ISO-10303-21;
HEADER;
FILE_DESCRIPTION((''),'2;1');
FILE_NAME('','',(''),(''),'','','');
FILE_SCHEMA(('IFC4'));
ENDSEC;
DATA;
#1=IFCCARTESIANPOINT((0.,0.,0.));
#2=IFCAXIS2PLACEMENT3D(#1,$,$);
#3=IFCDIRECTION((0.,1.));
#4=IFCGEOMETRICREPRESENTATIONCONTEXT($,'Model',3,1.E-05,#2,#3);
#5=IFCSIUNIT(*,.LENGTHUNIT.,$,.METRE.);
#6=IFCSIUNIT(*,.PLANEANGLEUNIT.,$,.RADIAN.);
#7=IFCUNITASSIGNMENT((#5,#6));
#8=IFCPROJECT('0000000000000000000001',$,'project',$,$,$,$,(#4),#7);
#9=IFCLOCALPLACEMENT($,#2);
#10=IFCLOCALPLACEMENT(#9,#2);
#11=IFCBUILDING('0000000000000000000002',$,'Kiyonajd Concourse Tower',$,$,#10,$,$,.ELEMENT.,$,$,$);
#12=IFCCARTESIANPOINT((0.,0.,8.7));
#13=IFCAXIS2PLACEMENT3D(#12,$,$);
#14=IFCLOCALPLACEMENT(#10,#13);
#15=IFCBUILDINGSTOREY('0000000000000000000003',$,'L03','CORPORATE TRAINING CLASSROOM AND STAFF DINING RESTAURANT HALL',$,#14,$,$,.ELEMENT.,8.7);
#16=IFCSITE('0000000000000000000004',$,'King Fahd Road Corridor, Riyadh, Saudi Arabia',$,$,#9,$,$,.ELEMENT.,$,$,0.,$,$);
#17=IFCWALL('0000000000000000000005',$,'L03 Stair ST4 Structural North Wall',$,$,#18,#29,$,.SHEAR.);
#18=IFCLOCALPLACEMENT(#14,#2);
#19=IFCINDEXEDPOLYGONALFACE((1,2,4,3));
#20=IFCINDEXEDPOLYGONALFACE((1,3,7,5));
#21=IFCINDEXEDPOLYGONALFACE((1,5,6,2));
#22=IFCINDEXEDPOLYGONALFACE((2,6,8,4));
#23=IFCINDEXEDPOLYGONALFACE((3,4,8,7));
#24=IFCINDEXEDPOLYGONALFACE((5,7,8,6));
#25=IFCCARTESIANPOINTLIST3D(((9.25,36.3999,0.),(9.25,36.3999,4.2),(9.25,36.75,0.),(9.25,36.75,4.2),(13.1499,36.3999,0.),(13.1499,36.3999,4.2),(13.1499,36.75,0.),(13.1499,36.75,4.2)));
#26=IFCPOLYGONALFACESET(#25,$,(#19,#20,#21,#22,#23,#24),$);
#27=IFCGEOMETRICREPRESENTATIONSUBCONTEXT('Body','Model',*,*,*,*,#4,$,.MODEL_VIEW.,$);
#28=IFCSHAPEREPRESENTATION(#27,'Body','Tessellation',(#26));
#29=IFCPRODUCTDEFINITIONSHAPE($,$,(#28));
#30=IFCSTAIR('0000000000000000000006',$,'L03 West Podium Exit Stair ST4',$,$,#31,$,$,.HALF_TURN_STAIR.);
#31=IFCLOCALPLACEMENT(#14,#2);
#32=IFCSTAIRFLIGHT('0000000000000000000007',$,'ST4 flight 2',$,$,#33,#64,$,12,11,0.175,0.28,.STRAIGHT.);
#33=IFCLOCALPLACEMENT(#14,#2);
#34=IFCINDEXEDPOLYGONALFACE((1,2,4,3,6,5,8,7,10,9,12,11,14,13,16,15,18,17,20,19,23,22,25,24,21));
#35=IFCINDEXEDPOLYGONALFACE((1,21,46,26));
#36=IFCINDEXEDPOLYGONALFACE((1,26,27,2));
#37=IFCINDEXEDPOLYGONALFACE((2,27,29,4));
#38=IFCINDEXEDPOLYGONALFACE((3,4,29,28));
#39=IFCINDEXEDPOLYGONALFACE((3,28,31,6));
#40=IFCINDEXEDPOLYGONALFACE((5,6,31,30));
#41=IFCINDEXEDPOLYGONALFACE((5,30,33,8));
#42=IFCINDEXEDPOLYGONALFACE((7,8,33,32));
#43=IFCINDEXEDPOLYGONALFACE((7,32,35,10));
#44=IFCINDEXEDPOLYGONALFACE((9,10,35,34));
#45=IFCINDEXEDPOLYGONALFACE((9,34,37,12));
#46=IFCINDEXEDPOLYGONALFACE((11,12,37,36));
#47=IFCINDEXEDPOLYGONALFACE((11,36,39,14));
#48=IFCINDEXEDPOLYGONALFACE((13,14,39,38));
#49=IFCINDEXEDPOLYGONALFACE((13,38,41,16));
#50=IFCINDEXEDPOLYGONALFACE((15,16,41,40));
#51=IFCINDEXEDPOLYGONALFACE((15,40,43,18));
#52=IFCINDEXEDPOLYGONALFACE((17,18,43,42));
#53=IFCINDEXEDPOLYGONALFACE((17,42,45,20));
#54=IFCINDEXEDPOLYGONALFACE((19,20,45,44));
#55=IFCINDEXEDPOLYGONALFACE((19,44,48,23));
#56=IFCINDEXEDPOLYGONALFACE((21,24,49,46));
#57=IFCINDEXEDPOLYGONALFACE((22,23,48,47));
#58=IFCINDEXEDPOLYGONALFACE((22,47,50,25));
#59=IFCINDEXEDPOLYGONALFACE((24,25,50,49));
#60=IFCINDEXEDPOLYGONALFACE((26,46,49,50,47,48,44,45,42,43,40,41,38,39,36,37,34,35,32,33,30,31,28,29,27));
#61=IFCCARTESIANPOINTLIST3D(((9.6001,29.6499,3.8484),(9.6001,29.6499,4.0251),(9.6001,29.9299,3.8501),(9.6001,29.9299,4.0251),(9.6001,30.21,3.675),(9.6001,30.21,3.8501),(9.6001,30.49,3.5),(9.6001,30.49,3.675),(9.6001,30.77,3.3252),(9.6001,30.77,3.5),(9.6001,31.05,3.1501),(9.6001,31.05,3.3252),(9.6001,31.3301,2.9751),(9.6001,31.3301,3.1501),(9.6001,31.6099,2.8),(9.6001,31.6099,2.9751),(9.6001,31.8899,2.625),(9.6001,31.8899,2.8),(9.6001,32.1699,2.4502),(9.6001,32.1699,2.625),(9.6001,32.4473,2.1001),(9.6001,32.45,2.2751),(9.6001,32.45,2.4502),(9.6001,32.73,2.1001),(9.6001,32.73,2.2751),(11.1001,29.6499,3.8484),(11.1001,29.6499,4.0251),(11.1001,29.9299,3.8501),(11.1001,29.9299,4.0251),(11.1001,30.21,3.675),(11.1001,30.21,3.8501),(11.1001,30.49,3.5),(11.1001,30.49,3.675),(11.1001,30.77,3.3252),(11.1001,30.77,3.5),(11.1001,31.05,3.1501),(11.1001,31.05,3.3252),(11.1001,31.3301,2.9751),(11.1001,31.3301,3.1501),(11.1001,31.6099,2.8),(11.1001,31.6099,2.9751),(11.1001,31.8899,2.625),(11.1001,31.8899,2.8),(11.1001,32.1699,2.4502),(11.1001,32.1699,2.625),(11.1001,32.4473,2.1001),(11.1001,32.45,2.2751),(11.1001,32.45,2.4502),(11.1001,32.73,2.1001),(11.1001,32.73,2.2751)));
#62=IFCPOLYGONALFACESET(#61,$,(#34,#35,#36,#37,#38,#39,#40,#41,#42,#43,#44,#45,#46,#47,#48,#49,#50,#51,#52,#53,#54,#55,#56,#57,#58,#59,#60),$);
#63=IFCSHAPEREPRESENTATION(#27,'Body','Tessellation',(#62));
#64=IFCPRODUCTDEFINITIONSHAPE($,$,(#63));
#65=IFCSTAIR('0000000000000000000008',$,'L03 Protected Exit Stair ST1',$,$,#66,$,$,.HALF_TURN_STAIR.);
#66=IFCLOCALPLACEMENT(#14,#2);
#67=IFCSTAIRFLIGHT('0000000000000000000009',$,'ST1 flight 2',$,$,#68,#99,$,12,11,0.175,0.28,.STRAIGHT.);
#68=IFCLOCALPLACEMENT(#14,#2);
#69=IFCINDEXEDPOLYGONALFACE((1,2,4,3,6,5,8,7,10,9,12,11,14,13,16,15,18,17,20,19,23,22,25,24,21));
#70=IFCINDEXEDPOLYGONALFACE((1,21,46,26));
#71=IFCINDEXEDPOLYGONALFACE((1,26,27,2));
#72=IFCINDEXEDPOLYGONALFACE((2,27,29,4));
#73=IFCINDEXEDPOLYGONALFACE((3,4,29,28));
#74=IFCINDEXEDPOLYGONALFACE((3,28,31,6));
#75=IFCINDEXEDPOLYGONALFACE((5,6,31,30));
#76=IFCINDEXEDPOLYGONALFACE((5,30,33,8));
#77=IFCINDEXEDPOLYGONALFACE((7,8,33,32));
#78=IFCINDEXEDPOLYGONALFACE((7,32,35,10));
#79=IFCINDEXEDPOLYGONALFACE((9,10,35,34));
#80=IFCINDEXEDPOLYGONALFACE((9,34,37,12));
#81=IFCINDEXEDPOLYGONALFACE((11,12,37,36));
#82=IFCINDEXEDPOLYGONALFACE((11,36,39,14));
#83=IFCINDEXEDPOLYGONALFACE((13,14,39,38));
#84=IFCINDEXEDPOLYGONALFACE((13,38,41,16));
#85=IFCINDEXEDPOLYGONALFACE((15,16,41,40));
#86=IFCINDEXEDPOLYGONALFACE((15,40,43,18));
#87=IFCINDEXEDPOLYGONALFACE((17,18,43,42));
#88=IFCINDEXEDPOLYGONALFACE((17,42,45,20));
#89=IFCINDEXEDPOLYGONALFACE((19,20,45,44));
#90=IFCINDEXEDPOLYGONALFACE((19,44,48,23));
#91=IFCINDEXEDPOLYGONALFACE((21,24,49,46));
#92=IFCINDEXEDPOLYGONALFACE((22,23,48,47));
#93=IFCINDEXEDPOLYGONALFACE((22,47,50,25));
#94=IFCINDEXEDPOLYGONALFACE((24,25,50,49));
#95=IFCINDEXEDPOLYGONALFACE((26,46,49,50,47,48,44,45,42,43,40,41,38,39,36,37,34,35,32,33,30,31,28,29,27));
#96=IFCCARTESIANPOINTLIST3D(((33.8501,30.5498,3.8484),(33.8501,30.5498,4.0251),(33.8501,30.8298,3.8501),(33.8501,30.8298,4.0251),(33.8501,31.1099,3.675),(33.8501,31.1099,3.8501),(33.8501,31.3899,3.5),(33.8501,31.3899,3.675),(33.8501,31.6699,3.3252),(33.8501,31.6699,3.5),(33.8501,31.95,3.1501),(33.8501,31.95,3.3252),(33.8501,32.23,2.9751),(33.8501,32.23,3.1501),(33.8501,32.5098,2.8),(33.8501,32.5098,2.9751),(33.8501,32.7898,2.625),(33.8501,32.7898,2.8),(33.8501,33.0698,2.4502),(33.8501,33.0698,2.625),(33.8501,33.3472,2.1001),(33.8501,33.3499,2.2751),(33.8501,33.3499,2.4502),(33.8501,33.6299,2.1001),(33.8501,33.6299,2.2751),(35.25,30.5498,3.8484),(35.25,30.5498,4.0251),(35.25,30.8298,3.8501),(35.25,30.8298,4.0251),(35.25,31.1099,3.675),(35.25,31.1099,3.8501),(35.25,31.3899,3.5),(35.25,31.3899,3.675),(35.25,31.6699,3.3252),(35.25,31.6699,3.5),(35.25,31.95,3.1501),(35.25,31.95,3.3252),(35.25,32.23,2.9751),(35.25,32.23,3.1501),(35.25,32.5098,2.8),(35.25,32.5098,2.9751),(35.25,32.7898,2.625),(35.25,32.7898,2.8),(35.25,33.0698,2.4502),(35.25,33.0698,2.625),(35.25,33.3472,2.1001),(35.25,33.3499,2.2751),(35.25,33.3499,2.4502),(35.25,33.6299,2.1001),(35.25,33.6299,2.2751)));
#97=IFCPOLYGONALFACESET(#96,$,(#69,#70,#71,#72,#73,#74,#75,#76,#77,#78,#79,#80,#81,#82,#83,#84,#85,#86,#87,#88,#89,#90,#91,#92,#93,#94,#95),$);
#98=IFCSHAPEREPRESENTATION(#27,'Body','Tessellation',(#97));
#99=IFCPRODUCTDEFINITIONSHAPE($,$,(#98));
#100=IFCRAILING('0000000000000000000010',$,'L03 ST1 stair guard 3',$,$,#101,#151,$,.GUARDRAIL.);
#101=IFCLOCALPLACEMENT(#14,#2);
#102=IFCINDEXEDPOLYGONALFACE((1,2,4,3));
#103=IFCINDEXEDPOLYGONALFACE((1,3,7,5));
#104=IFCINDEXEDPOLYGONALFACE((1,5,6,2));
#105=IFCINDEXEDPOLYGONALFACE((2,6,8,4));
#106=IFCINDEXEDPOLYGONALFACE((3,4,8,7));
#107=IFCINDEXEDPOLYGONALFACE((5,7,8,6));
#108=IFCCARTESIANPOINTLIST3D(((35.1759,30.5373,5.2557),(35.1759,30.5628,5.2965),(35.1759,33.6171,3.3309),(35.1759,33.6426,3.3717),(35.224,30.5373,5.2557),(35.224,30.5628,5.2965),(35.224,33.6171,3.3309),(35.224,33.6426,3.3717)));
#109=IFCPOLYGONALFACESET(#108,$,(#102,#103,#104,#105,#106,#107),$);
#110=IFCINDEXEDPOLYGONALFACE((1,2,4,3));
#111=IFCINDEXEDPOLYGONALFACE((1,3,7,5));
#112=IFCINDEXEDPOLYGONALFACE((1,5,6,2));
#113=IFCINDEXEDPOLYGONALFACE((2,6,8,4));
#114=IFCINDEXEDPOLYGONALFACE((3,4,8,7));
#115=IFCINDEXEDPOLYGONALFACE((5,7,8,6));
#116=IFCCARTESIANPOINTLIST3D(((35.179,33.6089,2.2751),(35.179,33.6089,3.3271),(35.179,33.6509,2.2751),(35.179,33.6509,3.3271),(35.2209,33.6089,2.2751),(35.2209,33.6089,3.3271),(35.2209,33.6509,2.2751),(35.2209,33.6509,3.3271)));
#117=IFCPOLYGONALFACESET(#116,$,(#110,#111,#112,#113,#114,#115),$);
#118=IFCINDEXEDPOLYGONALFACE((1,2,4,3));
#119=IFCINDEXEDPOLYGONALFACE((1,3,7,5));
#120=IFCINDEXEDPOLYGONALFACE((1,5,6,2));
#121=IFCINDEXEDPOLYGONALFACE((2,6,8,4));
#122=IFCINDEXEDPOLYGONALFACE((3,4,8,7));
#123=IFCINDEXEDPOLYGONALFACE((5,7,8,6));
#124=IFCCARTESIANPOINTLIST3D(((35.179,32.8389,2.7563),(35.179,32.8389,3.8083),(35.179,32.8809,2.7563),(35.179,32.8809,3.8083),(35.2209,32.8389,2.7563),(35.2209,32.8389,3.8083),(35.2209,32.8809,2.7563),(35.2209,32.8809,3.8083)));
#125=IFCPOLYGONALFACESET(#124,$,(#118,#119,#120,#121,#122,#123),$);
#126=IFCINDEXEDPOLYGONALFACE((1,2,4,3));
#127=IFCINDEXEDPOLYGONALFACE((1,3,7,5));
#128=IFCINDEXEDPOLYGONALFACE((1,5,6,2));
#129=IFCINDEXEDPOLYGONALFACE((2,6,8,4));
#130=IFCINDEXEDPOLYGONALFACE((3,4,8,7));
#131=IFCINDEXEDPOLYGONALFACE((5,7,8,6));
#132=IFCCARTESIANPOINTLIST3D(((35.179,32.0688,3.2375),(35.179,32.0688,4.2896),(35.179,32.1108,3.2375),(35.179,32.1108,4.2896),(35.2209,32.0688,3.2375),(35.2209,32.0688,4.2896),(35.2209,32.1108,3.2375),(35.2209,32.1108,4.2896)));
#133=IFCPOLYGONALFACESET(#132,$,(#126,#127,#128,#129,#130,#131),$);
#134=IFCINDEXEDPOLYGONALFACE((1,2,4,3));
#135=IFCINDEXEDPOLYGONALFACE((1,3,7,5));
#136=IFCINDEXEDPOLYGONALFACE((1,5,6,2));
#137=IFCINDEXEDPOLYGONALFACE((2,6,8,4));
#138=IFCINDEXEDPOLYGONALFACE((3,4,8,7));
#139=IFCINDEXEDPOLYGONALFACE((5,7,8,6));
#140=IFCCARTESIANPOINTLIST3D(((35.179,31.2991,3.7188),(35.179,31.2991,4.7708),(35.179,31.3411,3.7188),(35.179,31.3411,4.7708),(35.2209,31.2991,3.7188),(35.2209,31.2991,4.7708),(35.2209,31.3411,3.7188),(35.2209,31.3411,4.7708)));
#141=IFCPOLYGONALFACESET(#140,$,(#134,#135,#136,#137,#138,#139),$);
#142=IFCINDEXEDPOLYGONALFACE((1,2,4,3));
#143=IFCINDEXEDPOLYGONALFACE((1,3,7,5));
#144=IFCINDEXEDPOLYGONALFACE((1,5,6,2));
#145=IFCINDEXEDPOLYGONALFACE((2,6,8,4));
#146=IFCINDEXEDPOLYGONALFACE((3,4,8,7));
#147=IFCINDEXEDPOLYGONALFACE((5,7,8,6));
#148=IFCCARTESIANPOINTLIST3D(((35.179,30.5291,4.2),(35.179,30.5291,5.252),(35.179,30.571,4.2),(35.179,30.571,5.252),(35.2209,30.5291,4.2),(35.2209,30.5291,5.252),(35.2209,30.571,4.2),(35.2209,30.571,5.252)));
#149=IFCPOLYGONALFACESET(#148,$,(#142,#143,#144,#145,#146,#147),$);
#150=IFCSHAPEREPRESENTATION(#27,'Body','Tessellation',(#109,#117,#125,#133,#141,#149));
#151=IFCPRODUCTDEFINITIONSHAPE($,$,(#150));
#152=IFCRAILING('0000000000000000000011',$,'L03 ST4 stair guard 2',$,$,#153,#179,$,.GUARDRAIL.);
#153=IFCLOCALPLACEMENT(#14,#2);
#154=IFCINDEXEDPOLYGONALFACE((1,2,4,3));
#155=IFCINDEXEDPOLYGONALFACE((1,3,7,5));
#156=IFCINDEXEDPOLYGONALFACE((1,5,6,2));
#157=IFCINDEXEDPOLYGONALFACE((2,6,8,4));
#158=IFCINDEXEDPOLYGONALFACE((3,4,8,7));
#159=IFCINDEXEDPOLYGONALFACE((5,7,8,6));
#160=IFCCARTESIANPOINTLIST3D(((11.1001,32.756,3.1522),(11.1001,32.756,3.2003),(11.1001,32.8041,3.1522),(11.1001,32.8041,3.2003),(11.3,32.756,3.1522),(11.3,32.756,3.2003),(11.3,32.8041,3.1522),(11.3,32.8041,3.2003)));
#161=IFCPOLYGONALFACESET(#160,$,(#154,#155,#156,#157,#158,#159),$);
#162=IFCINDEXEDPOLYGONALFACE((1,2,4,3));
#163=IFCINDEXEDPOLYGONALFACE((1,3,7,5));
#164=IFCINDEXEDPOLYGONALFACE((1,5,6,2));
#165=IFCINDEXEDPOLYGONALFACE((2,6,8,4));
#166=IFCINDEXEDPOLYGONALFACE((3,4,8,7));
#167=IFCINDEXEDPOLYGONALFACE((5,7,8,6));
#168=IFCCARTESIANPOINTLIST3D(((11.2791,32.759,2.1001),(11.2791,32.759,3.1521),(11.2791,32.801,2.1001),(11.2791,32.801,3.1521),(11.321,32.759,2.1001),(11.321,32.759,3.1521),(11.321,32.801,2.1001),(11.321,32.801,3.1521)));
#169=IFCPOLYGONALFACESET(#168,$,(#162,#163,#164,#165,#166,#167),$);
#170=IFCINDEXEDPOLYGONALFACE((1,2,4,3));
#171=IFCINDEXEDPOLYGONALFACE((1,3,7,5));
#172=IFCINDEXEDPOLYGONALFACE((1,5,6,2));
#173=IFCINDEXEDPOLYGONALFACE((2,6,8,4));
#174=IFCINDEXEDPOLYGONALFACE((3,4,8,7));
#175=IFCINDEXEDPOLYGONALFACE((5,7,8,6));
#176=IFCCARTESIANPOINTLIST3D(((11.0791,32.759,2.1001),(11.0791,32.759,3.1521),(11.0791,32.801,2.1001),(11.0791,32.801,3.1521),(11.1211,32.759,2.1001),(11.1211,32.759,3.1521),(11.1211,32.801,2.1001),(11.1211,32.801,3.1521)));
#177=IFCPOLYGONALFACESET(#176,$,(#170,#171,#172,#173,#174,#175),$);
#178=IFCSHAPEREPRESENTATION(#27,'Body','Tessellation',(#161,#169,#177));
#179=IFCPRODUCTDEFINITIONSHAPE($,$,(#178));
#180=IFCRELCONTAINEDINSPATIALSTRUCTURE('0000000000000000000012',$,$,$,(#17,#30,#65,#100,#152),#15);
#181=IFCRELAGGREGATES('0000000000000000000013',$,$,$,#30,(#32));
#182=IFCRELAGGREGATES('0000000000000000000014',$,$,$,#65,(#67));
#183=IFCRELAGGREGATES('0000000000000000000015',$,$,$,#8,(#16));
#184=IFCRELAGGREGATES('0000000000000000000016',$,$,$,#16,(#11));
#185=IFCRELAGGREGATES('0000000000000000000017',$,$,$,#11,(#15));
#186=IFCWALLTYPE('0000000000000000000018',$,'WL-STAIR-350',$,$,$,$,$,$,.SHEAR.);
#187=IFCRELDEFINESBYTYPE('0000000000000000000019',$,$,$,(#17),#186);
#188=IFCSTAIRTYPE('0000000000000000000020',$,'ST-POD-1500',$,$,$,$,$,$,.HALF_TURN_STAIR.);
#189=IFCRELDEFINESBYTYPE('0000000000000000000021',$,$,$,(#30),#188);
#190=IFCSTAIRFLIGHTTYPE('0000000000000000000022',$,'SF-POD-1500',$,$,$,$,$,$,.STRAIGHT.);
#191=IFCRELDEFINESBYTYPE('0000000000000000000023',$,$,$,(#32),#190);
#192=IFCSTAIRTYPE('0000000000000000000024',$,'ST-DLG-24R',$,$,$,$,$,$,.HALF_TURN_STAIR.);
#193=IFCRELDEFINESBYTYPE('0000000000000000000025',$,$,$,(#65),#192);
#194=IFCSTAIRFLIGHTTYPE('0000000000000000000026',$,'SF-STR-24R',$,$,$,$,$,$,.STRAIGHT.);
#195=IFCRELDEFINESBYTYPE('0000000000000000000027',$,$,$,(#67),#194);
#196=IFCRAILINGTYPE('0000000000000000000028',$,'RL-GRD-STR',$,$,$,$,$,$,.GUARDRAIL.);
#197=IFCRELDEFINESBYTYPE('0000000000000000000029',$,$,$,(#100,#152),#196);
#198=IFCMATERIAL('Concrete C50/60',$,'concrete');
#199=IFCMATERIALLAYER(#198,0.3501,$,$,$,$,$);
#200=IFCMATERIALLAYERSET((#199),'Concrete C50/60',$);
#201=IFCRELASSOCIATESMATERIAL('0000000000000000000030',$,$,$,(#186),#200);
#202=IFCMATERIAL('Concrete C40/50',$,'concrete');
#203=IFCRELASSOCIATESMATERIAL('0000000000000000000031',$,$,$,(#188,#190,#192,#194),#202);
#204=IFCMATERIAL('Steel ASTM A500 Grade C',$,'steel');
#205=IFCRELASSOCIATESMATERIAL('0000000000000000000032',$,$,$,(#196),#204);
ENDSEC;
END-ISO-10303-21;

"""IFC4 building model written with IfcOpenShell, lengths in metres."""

from ifc_helpers import new_model, si_unit, direction, frame, frame_2d, origin, origin_2d, place, context, subcontext, project, spatial, polyline, rectangle, outline, extrude, material, layer, layer_set, type_object, element, aggregate, save


model = new_model("IFC4")

# Units and contexts
model_context = context("Model", 3, precision=1e-05, world=origin(), true_north=direction((0.0, 1.0)))
body_context = subcontext(model_context, "Body", "Model", "MODEL_VIEW")
ifc_project = project(units=[si_unit("LENGTHUNIT", "METRE"), si_unit("PLANEANGLEUNIT", "RADIAN")], contexts=[model_context])

# Site, building, storey
site_placement = place(None, origin())
site = spatial("IfcSite", under=ifc_project, at=site_placement, Name="King Fahd Road Corridor, Riyadh, Saudi Arabia", CompositionType="ELEMENT", RefElevation=0.0)
building_placement = place(site_placement, origin())
building = spatial("IfcBuilding", under=site, at=building_placement, Name="Kiyonajd Concourse Tower", CompositionType="ELEMENT")
storey_placement = place(building_placement, frame((0.0, 0.0, 8.7)))
storey = spatial("IfcBuildingStorey", under=building, at=storey_placement, Name="L03", Description="CORPORATE TRAINING CLASSROOM AND STAFF DINING RESTAURANT HALL", CompositionType="ELEMENT", Elevation=8.7)

# Shared definitions
ifc_material_1 = material(Name="Concrete C50/60", Category="concrete")

# Wall
ifc_layer_1 = layer(ifc_material_1, 0.3501)
ifc_layer_set_1 = layer_set([ifc_layer_1], Name="Concrete C50/60")
wall_type_1 = type_object("IfcWallType", Name="WL-STAIR-350", PredefinedType="SHEAR", material=ifc_layer_set_1)
wall_1_placement = place(storey_placement, frame((9.25, 36.575, 0.0), z_axis=(0.0, 0.0, 1.0), x_axis=(1.0, 0.0, 0.0)))
element("IfcWall", 1, at=wall_1_placement, inside=storey, type_object=wall_type_1, Name="L03 Stair ST4 Structural North Wall", PredefinedType="SHEAR", context=body_context, shape_type="SweptSolid", body=[
    extrude(rectangle(XDim=3.8999, YDim=0.3501, at=frame_2d((1.95, 0.0))), origin(), (0.0, 0.0, 1.0), 4.2),
])

# Stairs, stair flights
ifc_material_2 = material(Name="Concrete C40/50", Category="concrete")
stair_type_1 = type_object("IfcStairType", Name="ST-POD-1500", PredefinedType="HALF_TURN_STAIR", material=ifc_material_2)
stair_1_placement = place(storey_placement, origin())
stair_1 = element("IfcStair", 2, at=stair_1_placement, inside=storey, type_object=stair_type_1, Name="L03 West Podium Exit Stair ST4", PredefinedType="HALF_TURN_STAIR")
stair_flight_type_1 = type_object("IfcStairFlightType", Name="SF-POD-1500", PredefinedType="STRAIGHT", material=ifc_material_2)
stair_flight_1_placement = place(storey_placement, frame((10.3501, 32.73, 2.1001), z_axis=(0.0, 0.0, 1.0), x_axis=(0.0, -1.0, 0.0)))
stair_flight_1 = element("IfcStairFlight", 3, at=stair_flight_1_placement, type_object=stair_flight_type_1, Name="ST4 flight 2", NumberOfRisers=12, NumberOfTreads=11, PredefinedType="STRAIGHT", RiserHeight=0.175, TreadLength=0.28, context=body_context, shape_type="SweptSolid", body=[
    extrude(outline(polyline([(0.0, 0.0), (0.0, 0.175), (0.28, 0.175), (0.28, 0.3501), (0.5601, 0.3501), (0.5601, 0.5249), (0.8401, 0.5249), (0.8401, 0.7), (1.1201, 0.7), (1.1201, 0.875), (1.3999, 0.875), (1.3999, 1.05), (1.6799, 1.05), (1.6799, 1.2251), (1.96, 1.2251), (1.96, 1.3999), (2.24, 1.3999), (2.24, 1.575), (2.52, 1.575), (2.52, 1.75), (2.8, 1.75), (2.8, 1.925), (3.0801, 1.925), (3.0801, 2.1001), (3.0801, 1.7483), (0.2827, 0.0), (0.0, 0.0)])), frame((0.0, 0.75, 0.0), z_axis=(0.0, -1.0, 0.0), x_axis=(1.0, 0.0, 0.0)), (0.0, 0.0, 1.0), 1.5),
])
aggregate(stair_1, [stair_flight_1])
stair_type_2 = type_object("IfcStairType", Name="ST-DLG-24R", PredefinedType="HALF_TURN_STAIR", material=ifc_material_2)
stair_2_placement = place(storey_placement, origin())
stair_2 = element("IfcStair", 4, at=stair_2_placement, inside=storey, type_object=stair_type_2, Name="L03 Protected Exit Stair ST1", PredefinedType="HALF_TURN_STAIR")
stair_flight_type_2 = type_object("IfcStairFlightType", Name="SF-STR-24R", PredefinedType="STRAIGHT", material=ifc_material_2)
stair_flight_2_placement = place(storey_placement, frame((34.55, 33.6299, 2.1001), z_axis=(0.0, 0.0, 1.0), x_axis=(0.0, -1.0, 0.0)))
stair_flight_2 = element("IfcStairFlight", 5, at=stair_flight_2_placement, type_object=stair_flight_type_2, Name="ST1 flight 2", NumberOfRisers=12, NumberOfTreads=11, PredefinedType="STRAIGHT", RiserHeight=0.175, TreadLength=0.28, context=body_context, shape_type="SweptSolid", body=[
    extrude(outline(polyline([(0.0, 0.0), (0.0, 0.175), (0.28, 0.175), (0.28, 0.3501), (0.5601, 0.3501), (0.5601, 0.5249), (0.8401, 0.5249), (0.8401, 0.7), (1.1201, 0.7), (1.1201, 0.875), (1.3999, 0.875), (1.3999, 1.05), (1.6799, 1.05), (1.6799, 1.2251), (1.96, 1.2251), (1.96, 1.3999), (2.24, 1.3999), (2.24, 1.575), (2.52, 1.575), (2.52, 1.75), (2.8, 1.75), (2.8, 1.925), (3.0801, 1.925), (3.0801, 2.1001), (3.0801, 1.7483), (0.2827, 0.0), (0.0, 0.0)])), frame((0.0, 0.7, 0.0), z_axis=(0.0, -1.0, 0.0), x_axis=(1.0, 0.0, 0.0)), (0.0, 0.0, 1.0), 1.3999),
])
aggregate(stair_2, [stair_flight_2])

# Railings
ifc_material_3 = material(Name="Steel ASTM A500 Grade C", Category="steel")
railing_type_1 = type_object("IfcRailingType", Name="RL-GRD-STR", PredefinedType="GUARDRAIL", material=ifc_material_3)
railing_1_placement = place(storey_placement, frame((35.2, 33.6299, 2.2751)))
element("IfcRailing", 6, at=railing_1_placement, inside=storey, type_object=railing_type_1, Name="L03 ST1 stair guard 3", PredefinedType="GUARDRAIL", context=body_context, shape_type="SweptSolid", body=[
    extrude(rectangle(XDim=0.0481, YDim=0.0481, at=origin_2d()), frame((0.0, 0.0, 1.0762), z_axis=(0.0, -0.84801, 0.529981), x_axis=(1.0, 0.0, 0.0)), (0.0, 0.0, 1.0), 3.6318),
    extrude(rectangle(XDim=0.042, YDim=0.042, at=origin_2d()), origin(), (0.0, 0.0, 1.0), 1.052),
    extrude(rectangle(XDim=0.042, YDim=0.042, at=origin_2d()), frame((0.0, -0.77, 0.4812)), (0.0, 0.0, 1.0), 1.052),
    extrude(rectangle(XDim=0.042, YDim=0.042, at=origin_2d()), frame((0.0, -1.54, 0.9624)), (0.0, 0.0, 1.0), 1.052),
    extrude(rectangle(XDim=0.042, YDim=0.042, at=origin_2d()), frame((0.0, -2.3098, 1.4436)), (0.0, 0.0, 1.0), 1.052),
    extrude(rectangle(XDim=0.042, YDim=0.042, at=origin_2d()), frame((0.0, -3.0798, 1.9248)), (0.0, 0.0, 1.0), 1.052),
])
railing_2_placement = place(storey_placement, frame((11.3, 32.78, 2.1001)))
element("IfcRailing", 7, at=railing_2_placement, inside=storey, type_object=railing_type_1, Name="L03 ST4 stair guard 2", PredefinedType="GUARDRAIL", context=body_context, shape_type="SweptSolid", body=[
    extrude(rectangle(XDim=0.0481, YDim=0.0481, at=origin_2d()), frame((0.0, 0.0, 1.0762), z_axis=(-1.0, 0.0, 0.0), x_axis=(0.0, -1.0, 0.0)), (0.0, 0.0, 1.0), 0.2),
    extrude(rectangle(XDim=0.042, YDim=0.042, at=origin_2d()), origin(), (0.0, 0.0, 1.0), 1.052),
    extrude(rectangle(XDim=0.042, YDim=0.042, at=origin_2d()), frame((-0.2, 0.0, 0.0)), (0.0, 0.0, 1.0), 1.052),
])

save(model, "model.ifc")
